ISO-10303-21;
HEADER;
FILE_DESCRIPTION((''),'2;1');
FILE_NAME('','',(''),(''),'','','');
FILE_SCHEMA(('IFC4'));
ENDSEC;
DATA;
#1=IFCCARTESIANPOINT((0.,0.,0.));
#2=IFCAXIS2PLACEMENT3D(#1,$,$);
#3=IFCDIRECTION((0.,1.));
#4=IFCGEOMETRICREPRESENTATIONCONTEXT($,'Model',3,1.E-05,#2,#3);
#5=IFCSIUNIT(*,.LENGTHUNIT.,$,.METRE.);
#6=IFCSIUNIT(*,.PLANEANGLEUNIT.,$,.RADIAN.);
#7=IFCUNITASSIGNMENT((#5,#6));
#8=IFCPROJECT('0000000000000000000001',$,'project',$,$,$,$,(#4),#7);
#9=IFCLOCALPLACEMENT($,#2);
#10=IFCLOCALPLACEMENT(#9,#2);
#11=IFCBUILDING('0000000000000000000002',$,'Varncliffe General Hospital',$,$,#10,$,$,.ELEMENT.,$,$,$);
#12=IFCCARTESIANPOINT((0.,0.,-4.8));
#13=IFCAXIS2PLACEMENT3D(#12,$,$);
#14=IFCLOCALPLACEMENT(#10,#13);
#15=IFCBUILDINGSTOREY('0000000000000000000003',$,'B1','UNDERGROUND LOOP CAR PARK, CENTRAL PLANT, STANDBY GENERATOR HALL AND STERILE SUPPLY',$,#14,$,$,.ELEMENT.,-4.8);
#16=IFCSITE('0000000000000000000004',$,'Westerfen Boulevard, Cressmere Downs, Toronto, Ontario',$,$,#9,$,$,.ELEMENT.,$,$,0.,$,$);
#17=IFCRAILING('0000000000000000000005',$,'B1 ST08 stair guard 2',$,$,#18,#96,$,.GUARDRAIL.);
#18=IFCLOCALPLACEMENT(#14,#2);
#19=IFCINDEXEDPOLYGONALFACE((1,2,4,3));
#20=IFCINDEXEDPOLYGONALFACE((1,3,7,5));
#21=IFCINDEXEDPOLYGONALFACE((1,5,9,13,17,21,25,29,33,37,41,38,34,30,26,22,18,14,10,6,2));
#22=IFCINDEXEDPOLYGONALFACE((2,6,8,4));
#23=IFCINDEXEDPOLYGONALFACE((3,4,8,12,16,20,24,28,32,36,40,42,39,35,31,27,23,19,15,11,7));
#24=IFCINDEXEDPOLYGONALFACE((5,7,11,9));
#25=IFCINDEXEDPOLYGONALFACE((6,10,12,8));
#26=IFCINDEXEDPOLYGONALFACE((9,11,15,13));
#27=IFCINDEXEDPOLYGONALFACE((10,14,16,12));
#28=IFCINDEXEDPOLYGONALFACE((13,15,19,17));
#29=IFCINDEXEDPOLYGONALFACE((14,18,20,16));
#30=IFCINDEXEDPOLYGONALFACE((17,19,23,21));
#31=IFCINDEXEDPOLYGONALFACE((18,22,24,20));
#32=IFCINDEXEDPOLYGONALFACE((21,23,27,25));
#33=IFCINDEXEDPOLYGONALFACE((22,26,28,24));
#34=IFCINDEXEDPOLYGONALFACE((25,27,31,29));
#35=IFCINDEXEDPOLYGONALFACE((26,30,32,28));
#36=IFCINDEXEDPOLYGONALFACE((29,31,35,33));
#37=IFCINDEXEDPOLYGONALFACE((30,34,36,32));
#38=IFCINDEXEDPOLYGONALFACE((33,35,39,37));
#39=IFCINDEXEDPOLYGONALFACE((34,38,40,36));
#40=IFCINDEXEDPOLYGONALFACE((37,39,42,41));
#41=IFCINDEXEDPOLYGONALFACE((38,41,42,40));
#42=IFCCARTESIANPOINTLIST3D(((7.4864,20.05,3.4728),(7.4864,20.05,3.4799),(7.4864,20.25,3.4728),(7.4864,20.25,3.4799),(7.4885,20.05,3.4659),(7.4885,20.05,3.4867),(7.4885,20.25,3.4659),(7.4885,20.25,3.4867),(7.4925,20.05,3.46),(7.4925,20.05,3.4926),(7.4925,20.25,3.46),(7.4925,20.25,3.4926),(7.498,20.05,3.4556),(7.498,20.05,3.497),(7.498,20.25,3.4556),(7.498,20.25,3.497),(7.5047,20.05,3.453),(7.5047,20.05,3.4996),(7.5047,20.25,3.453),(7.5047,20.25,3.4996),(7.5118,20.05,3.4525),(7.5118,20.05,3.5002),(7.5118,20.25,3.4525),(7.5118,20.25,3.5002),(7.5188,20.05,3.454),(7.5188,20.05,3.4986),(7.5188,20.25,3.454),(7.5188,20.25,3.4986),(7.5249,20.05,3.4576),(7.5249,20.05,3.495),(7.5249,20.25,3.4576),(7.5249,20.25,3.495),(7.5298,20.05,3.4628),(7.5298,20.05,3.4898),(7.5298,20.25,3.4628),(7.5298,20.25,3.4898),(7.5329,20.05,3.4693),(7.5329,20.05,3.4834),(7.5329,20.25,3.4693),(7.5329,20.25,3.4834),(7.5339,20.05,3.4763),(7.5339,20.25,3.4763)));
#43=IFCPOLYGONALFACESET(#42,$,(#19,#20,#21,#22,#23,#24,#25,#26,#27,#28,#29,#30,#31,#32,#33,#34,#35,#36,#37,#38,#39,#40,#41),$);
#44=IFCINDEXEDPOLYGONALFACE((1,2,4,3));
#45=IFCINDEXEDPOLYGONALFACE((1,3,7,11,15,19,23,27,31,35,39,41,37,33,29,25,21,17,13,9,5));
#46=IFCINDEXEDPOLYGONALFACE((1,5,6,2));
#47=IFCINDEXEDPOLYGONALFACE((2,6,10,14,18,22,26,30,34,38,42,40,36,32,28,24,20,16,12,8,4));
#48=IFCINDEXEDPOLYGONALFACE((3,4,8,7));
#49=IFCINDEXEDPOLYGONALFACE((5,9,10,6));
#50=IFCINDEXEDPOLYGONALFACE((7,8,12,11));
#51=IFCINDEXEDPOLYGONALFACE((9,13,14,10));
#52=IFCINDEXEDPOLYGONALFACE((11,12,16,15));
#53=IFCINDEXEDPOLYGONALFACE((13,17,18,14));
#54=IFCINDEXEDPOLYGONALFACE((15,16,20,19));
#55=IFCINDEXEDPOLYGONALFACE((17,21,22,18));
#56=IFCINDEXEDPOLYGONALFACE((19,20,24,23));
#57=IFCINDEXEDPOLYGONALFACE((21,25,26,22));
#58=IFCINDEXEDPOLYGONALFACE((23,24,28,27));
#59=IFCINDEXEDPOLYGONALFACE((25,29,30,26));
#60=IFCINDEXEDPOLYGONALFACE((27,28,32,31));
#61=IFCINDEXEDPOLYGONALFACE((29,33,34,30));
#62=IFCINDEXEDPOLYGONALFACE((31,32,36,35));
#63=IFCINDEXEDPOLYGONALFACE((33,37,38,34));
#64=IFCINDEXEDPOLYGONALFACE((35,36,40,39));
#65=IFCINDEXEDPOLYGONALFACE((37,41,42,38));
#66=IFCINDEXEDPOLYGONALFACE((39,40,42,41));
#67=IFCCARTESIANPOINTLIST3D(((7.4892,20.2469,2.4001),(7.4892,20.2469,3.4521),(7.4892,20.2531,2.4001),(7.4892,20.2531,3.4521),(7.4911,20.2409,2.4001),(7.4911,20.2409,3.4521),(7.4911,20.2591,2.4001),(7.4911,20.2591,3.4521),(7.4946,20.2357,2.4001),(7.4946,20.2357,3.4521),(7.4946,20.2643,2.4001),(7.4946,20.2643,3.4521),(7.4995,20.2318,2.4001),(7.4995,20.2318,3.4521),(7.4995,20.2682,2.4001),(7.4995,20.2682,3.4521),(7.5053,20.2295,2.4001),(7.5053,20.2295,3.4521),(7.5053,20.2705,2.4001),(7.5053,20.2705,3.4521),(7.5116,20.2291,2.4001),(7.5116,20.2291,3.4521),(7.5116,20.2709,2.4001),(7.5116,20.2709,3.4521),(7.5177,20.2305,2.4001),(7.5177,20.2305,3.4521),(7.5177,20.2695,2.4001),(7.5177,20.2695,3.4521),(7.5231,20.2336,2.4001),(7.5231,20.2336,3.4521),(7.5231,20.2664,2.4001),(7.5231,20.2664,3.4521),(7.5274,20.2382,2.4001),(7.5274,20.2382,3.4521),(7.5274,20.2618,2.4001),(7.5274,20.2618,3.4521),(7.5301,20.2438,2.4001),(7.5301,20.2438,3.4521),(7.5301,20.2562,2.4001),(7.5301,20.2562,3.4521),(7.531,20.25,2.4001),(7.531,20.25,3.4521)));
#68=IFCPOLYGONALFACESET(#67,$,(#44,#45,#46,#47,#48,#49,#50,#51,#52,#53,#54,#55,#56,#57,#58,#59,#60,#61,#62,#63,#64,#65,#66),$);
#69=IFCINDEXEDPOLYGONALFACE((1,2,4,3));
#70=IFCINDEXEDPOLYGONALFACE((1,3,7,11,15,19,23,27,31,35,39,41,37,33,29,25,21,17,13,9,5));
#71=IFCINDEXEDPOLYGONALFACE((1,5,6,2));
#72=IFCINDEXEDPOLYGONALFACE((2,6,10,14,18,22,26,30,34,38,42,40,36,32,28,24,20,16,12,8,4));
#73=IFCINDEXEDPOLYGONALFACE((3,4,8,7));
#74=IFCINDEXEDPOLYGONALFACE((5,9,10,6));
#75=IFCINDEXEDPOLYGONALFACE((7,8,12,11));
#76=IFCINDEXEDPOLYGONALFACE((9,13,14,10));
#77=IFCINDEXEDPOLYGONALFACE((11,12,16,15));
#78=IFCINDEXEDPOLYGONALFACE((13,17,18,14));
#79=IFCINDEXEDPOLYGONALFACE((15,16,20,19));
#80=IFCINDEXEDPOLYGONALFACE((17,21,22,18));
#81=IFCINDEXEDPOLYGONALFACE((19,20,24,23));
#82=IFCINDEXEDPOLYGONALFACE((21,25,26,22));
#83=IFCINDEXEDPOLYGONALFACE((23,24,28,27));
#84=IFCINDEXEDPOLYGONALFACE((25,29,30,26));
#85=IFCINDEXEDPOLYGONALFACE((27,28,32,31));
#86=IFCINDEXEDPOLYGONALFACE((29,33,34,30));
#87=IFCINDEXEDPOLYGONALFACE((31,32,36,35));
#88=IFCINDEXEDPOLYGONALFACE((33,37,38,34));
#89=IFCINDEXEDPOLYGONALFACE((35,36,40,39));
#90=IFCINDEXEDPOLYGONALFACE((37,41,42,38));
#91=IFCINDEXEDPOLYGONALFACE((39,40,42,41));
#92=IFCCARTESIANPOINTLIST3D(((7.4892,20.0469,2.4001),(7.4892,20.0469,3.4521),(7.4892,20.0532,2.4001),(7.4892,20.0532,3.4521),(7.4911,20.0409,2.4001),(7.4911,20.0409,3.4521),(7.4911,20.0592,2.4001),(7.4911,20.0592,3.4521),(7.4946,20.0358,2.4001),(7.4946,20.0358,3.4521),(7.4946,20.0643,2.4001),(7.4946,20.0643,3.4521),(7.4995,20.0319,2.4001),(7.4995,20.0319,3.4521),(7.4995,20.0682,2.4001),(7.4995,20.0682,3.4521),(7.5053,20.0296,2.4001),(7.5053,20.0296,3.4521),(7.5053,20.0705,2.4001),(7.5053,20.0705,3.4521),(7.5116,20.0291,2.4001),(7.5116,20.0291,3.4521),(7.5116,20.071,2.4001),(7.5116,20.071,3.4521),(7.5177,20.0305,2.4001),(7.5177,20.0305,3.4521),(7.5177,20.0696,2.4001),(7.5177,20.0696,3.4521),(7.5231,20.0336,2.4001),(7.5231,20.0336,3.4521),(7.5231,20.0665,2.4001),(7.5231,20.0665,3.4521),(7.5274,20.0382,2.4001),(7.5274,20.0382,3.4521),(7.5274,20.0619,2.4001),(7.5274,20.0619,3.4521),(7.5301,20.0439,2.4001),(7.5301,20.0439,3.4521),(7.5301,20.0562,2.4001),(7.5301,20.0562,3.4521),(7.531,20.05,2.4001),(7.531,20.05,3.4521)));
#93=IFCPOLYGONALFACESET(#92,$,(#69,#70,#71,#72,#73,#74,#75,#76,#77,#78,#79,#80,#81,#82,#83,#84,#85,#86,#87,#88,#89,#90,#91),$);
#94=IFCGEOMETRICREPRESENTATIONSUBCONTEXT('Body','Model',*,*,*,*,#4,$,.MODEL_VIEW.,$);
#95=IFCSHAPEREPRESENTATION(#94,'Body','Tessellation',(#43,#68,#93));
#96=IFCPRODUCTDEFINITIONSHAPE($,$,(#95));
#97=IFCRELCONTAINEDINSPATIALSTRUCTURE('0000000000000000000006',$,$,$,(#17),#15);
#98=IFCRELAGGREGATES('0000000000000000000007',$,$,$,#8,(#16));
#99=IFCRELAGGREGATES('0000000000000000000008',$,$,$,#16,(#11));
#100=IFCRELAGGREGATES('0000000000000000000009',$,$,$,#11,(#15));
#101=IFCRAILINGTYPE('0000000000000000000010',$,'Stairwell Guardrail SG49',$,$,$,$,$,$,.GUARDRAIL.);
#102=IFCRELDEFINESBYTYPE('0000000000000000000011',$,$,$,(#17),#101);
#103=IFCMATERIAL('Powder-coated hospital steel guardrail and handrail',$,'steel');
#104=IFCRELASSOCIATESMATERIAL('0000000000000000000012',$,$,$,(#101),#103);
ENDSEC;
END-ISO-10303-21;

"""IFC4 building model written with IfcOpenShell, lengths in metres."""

from ifc_helpers import new_model, si_unit, direction, frame, origin, origin_2d, place, context, subcontext, project, spatial, circle, extrude, material, type_object, element, save


model = new_model("IFC4")

# Units and contexts
model_context = context("Model", 3, precision=1e-05, world=origin(), true_north=direction((0.0, 1.0)))
body_context = subcontext(model_context, "Body", "Model", "MODEL_VIEW")
ifc_project = project(units=[si_unit("LENGTHUNIT", "METRE"), si_unit("PLANEANGLEUNIT", "RADIAN")], contexts=[model_context])

# Site, building, storey
site_placement = place(None, origin())
site = spatial("IfcSite", under=ifc_project, at=site_placement, Name="Westerfen Boulevard, Cressmere Downs, Toronto, Ontario", CompositionType="ELEMENT", RefElevation=0.0)
building_placement = place(site_placement, origin())
building = spatial("IfcBuilding", under=site, at=building_placement, Name="Varncliffe General Hospital", CompositionType="ELEMENT")
storey_placement = place(building_placement, frame((0.0, 0.0, -4.8)))
storey = spatial("IfcBuildingStorey", under=building, at=storey_placement, Name="B1", Description="UNDERGROUND LOOP CAR PARK, CENTRAL PLANT, STANDBY GENERATOR HALL AND STERILE SUPPLY", CompositionType="ELEMENT", Elevation=-4.8)

# Railing
ifc_material_1 = material(Name="Powder-coated hospital steel guardrail and handrail", Category="steel")
railing_type_1 = type_object("IfcRailingType", Name="Stairwell Guardrail SG49", PredefinedType="GUARDRAIL", material=ifc_material_1)
railing_1_placement = place(storey_placement, frame((7.51, 20.25, 2.4001)))
element("IfcRailing", 1, at=railing_1_placement, inside=storey, type_object=railing_type_1, Name="B1 ST08 stair guard 2", PredefinedType="GUARDRAIL", context=body_context, shape_type="SweptSolid", body=[
    extrude(circle(Radius=0.0239, at=origin_2d()), frame((0.0, 0.0, 1.0762), z_axis=(0.0, -1.0, 0.0), x_axis=(1.0, 0.0, 0.0)), (0.0, 0.0, 1.0), 0.2),
    extrude(circle(Radius=0.021, at=origin_2d()), origin(), (0.0, 0.0, 1.0), 1.052),
    extrude(circle(Radius=0.021, at=origin_2d()), frame((0.0, -0.2, 0.0)), (0.0, 0.0, 1.0), 1.052),
])

save(model, "model.ifc")
